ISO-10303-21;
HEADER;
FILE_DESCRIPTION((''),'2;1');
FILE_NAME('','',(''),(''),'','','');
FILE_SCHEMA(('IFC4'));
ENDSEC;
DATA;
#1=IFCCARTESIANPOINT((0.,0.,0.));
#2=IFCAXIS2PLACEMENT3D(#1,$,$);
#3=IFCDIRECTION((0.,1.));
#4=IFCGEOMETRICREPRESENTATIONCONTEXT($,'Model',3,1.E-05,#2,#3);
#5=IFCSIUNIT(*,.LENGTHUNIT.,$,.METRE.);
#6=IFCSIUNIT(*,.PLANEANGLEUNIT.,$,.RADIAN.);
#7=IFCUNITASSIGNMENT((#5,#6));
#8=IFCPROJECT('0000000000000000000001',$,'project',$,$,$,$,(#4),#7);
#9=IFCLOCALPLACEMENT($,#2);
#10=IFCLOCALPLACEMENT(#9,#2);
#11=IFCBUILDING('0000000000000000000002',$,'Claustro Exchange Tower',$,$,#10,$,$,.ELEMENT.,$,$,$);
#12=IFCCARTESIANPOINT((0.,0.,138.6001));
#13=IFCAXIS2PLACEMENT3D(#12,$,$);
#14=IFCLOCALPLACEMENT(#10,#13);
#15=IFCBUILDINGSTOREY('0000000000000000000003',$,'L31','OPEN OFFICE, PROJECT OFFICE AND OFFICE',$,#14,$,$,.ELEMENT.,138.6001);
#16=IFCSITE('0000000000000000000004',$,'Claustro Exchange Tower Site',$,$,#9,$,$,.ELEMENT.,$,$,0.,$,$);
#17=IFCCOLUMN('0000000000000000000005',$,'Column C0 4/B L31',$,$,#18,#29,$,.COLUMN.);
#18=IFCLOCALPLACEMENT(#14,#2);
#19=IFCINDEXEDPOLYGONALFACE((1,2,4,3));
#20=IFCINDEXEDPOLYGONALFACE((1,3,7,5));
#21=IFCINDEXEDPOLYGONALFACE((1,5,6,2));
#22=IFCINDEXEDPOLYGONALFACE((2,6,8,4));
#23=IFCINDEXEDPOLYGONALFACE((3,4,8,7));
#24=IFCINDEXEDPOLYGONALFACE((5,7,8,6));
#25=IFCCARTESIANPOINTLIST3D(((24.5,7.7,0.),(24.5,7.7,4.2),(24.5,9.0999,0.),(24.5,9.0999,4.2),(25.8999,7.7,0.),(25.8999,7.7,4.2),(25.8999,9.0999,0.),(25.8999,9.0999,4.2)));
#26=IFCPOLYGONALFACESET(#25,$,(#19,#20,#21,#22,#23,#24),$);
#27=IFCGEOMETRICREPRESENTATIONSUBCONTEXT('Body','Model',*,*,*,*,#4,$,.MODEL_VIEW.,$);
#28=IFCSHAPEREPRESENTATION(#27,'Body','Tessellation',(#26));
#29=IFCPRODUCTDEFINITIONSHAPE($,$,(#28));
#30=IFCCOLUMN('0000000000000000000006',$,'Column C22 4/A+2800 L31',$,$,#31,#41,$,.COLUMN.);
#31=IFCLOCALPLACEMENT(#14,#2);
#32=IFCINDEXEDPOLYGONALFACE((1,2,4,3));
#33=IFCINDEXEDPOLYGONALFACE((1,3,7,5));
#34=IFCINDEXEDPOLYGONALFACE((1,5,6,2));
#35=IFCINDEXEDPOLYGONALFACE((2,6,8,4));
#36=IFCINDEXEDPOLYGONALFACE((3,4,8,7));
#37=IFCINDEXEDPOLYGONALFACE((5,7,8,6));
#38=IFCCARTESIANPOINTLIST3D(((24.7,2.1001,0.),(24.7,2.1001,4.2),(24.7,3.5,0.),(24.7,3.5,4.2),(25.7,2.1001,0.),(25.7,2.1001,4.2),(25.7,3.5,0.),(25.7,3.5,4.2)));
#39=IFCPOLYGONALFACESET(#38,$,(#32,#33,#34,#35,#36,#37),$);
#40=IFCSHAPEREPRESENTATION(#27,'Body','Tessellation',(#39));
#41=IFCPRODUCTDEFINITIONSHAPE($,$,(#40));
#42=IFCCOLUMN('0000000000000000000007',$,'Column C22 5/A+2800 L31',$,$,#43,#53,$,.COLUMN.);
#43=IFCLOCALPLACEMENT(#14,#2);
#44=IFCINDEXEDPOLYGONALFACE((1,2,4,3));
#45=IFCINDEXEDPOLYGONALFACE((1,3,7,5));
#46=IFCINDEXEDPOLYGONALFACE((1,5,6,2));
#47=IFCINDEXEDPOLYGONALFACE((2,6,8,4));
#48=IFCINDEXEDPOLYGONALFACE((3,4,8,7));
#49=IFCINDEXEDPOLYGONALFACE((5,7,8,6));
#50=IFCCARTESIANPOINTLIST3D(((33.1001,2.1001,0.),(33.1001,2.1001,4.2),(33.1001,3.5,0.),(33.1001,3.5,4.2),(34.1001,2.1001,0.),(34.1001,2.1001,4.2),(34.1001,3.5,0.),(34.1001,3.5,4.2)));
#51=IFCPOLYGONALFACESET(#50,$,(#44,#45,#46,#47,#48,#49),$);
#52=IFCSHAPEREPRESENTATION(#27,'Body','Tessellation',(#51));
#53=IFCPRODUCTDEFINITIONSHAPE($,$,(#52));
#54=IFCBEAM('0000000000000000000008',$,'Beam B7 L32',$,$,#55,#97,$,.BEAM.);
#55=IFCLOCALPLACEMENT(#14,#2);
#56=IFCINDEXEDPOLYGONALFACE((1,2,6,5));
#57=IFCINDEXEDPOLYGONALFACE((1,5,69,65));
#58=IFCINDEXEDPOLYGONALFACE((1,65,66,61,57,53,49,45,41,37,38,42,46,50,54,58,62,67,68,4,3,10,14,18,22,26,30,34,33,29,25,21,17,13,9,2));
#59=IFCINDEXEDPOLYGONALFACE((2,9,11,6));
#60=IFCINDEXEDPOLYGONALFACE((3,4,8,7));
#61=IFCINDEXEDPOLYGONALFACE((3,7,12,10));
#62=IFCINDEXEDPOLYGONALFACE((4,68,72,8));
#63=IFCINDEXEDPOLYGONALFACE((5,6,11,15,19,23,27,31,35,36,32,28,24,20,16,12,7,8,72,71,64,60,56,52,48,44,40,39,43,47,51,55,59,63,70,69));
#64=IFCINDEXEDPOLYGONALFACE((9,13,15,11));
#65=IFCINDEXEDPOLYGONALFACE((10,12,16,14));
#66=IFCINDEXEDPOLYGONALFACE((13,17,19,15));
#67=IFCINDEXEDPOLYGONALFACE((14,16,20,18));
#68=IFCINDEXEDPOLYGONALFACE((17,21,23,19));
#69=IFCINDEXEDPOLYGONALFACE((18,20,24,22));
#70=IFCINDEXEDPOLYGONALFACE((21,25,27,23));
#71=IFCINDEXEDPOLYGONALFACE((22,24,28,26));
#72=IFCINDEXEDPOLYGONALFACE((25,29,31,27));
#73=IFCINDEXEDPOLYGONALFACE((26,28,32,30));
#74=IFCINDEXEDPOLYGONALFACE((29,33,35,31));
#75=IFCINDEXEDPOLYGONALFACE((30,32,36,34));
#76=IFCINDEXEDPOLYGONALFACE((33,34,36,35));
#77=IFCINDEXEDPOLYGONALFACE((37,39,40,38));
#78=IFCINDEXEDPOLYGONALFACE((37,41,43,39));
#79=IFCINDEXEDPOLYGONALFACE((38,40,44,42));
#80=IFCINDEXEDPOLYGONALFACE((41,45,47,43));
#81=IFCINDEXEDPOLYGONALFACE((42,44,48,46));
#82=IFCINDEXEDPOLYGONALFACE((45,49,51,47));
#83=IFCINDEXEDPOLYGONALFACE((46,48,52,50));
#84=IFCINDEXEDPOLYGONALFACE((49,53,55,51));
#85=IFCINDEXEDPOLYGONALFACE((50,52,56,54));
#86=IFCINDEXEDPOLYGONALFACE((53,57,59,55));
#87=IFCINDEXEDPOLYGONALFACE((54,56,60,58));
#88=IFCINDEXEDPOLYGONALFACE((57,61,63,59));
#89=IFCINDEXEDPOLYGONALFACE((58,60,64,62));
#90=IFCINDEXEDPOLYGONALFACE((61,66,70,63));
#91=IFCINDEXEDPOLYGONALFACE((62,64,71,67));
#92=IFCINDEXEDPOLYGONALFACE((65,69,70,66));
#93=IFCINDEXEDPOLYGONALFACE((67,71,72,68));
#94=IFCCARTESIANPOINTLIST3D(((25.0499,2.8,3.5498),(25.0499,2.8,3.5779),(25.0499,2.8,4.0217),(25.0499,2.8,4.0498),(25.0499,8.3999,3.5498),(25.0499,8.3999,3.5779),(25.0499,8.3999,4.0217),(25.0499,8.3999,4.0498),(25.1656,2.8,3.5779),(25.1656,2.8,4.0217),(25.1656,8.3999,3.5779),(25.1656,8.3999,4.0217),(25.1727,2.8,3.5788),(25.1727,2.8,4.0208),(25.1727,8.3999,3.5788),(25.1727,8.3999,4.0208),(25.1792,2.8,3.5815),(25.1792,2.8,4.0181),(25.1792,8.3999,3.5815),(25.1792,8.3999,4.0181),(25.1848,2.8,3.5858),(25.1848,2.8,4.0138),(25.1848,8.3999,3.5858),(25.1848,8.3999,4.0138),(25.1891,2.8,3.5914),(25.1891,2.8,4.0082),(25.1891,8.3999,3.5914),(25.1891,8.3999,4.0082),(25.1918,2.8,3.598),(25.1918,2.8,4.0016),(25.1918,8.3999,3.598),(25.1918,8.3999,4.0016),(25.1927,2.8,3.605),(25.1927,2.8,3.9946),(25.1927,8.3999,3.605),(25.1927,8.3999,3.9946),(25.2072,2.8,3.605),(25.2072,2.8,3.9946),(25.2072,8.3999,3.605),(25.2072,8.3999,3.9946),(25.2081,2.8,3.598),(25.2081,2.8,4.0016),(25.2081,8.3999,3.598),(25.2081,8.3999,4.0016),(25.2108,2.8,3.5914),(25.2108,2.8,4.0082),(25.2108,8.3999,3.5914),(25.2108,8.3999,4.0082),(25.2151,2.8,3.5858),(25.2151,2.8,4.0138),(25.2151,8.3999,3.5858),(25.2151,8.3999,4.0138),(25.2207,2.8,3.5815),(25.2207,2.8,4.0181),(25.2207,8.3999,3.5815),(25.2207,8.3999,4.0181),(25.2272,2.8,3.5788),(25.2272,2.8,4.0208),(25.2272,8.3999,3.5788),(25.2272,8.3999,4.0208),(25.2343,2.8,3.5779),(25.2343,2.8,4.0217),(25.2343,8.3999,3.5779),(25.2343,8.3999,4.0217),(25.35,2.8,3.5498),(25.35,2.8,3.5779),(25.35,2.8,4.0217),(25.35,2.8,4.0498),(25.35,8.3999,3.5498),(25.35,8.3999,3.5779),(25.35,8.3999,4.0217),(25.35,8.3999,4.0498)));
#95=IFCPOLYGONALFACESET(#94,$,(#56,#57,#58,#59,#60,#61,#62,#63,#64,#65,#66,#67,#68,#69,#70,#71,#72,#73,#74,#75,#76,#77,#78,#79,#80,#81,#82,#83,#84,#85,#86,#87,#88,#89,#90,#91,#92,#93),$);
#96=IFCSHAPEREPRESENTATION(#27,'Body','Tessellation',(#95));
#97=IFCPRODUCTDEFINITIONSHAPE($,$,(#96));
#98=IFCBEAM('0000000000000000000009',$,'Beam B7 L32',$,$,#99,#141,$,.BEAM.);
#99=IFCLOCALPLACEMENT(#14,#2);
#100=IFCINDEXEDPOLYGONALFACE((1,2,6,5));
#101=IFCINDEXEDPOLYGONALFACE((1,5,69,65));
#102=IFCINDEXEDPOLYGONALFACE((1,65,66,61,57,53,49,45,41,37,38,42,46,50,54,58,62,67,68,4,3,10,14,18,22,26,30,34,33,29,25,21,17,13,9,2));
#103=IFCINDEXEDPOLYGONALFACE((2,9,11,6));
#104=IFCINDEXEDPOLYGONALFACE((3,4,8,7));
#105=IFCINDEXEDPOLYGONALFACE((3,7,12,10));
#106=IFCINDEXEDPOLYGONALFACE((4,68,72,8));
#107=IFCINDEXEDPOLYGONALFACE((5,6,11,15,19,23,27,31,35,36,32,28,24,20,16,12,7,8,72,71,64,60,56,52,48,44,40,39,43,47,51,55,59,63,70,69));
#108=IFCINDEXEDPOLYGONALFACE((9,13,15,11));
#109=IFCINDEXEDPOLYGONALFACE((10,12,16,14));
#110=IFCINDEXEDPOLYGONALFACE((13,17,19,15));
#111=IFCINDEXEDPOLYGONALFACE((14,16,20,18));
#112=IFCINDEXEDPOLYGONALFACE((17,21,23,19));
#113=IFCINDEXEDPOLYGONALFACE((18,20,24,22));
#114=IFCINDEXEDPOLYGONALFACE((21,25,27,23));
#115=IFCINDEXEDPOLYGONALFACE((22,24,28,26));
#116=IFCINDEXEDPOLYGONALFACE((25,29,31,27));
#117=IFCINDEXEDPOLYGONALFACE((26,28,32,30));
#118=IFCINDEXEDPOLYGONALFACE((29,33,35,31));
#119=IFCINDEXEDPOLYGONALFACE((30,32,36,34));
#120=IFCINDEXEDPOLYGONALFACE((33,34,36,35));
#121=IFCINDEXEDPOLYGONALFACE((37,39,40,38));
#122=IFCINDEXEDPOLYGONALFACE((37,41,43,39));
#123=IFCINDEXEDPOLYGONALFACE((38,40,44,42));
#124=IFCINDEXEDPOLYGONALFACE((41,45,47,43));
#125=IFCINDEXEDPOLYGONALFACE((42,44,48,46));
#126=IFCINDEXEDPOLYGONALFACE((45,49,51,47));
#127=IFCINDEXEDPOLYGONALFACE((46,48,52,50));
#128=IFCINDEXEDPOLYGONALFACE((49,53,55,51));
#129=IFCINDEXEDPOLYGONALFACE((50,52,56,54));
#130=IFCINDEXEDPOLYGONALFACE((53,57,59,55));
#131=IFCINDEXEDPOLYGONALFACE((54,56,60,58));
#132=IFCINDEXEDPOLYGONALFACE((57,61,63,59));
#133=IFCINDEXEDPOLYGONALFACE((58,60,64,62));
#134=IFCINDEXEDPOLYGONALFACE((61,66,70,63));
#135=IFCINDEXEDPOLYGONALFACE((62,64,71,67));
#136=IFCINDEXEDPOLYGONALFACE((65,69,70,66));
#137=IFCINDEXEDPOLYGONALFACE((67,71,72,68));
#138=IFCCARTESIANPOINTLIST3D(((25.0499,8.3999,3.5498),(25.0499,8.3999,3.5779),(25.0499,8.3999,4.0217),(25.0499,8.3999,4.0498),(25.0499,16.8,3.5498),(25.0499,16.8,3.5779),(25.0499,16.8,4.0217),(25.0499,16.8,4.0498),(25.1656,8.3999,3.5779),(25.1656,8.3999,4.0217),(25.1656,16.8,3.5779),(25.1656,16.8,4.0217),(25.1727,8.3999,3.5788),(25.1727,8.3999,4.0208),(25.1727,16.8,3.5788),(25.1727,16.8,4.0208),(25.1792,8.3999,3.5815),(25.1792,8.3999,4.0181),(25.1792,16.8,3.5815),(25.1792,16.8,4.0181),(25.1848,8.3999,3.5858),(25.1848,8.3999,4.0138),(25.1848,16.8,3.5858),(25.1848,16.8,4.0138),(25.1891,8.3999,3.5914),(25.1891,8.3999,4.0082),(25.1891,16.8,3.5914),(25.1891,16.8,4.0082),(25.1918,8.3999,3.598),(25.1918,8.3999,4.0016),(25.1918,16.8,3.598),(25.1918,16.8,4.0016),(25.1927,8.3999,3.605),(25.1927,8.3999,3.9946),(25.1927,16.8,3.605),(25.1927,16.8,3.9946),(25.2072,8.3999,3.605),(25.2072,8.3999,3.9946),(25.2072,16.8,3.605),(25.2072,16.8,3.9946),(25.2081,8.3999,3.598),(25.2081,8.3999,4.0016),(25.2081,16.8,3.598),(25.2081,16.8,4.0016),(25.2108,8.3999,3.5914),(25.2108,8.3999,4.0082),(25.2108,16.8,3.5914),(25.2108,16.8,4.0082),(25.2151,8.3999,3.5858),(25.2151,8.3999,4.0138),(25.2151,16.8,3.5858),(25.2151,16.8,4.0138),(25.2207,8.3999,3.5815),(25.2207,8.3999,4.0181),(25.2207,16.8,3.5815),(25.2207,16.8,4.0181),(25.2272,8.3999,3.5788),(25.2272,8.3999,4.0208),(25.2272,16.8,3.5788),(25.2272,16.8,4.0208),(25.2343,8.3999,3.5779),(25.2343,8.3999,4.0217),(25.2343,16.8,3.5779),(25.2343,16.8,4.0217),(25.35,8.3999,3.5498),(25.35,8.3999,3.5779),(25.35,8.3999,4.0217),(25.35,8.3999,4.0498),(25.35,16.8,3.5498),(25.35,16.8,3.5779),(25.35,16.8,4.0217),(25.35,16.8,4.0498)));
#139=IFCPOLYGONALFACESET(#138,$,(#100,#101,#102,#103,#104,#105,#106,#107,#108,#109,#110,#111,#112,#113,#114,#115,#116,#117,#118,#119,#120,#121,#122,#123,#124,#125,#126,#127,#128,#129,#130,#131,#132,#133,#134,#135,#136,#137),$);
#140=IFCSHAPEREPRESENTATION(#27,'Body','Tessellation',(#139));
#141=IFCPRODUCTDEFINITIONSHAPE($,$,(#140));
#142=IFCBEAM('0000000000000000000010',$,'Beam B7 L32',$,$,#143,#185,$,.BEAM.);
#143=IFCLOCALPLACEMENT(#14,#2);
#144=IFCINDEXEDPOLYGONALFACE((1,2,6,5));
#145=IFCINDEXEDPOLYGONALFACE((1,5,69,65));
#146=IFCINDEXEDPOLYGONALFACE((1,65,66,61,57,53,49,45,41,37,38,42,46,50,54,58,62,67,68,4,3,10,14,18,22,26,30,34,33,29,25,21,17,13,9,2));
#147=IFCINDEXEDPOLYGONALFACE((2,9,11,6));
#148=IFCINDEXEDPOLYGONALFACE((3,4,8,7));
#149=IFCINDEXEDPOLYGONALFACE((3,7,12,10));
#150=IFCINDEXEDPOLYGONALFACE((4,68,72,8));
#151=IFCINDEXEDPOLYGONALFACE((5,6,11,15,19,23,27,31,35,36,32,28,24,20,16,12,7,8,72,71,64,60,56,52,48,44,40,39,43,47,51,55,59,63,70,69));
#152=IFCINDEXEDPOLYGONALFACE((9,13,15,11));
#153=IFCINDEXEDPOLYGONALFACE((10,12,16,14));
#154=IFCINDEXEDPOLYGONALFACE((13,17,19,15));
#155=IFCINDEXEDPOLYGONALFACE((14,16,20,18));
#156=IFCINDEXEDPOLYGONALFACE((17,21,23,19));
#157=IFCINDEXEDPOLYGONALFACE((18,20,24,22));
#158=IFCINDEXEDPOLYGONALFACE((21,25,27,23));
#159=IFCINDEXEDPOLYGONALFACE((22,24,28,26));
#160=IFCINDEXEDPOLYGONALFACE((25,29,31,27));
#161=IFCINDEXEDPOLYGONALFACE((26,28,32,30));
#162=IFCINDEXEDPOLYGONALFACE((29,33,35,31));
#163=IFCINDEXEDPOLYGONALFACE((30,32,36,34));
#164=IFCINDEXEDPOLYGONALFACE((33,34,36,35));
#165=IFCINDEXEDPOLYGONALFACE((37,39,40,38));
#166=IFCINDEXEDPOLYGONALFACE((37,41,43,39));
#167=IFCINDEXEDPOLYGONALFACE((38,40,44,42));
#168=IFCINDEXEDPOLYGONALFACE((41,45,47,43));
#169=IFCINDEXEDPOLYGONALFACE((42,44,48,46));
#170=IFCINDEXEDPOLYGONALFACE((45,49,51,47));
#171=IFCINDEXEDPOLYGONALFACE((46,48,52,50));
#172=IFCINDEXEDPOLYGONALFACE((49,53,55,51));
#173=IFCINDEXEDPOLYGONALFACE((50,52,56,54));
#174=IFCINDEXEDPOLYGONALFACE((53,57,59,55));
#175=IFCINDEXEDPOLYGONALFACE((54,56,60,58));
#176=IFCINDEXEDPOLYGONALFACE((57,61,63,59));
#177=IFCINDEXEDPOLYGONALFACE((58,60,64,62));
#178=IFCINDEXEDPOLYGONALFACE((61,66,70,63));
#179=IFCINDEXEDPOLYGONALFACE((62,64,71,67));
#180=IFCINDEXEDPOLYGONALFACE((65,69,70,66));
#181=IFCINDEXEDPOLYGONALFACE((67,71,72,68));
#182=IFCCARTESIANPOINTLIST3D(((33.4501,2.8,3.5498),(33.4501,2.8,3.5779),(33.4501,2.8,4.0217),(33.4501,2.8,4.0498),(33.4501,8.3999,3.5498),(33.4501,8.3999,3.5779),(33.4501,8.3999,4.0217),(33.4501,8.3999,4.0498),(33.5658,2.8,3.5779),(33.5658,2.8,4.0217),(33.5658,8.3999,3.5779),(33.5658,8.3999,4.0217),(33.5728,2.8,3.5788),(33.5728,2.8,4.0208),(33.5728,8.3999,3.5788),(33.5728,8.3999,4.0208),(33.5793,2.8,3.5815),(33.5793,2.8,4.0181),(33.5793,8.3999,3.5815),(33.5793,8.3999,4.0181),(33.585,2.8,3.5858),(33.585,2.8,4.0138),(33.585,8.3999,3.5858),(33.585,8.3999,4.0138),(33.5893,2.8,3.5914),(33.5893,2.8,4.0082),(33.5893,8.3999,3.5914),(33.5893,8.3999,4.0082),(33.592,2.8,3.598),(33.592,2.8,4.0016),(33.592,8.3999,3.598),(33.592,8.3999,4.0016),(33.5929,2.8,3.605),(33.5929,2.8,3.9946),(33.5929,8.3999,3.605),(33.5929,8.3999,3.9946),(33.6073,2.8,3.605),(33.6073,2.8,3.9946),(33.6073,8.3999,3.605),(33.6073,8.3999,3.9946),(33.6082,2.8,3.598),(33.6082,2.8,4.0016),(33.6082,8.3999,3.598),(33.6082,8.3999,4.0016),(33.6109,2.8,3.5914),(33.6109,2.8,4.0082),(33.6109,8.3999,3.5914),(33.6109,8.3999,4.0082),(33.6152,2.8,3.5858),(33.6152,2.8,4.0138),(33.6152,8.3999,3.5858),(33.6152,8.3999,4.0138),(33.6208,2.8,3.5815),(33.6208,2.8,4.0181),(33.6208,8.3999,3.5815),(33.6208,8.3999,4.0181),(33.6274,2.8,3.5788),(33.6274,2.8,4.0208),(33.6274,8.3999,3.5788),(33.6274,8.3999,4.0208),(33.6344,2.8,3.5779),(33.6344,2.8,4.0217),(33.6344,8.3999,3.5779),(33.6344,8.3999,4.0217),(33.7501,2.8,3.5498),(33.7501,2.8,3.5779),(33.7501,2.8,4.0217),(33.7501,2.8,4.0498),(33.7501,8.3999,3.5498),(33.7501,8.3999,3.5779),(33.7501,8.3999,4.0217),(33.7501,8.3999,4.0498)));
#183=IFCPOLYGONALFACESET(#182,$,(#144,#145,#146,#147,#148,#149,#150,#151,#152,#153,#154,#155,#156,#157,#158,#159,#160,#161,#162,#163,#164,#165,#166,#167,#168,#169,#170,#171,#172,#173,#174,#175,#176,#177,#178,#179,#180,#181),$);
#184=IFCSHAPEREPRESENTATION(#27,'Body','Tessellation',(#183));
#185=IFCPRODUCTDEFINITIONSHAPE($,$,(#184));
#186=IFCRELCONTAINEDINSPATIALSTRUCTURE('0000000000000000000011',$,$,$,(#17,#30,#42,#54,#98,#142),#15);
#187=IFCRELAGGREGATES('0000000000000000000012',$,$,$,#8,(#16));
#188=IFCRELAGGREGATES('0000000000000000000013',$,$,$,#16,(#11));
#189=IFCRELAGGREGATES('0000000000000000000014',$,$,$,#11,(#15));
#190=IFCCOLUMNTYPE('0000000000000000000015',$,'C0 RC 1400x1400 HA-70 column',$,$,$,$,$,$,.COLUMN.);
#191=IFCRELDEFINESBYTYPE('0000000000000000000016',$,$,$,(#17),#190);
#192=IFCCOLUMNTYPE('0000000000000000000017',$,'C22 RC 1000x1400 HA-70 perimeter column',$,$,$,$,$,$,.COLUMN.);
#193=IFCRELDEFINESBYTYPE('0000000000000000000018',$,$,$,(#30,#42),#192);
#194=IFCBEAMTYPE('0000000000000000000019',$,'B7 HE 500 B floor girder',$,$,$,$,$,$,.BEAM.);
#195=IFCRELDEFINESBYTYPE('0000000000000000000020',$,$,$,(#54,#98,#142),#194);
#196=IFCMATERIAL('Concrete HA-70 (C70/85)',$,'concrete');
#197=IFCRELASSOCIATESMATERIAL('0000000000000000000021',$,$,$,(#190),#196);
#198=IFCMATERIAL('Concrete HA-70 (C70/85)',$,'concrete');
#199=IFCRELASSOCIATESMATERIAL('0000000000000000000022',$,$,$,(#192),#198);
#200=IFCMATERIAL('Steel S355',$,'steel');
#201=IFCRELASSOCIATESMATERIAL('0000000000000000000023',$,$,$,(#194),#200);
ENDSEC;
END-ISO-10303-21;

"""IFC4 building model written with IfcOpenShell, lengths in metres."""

from ifc_helpers import new_model, si_unit, direction, frame, origin, origin_2d, place, context, subcontext, project, spatial, rectangle, i_section, extrude, material, material_profile, profile_set, type_object, element, save


model = new_model("IFC4")

# Units and contexts
model_context = context("Model", 3, precision=1e-05, world=origin(), true_north=direction((0.0, 1.0)))
body_context = subcontext(model_context, "Body", "Model", "MODEL_VIEW")
ifc_project = project(units=[si_unit("LENGTHUNIT", "METRE"), si_unit("PLANEANGLEUNIT", "RADIAN")], contexts=[model_context])

# Site, building, storey
site_placement = place(None, origin())
site = spatial("IfcSite", under=ifc_project, at=site_placement, Name="Claustro Exchange Tower Site", CompositionType="ELEMENT", RefElevation=0.0)
building_placement = place(site_placement, origin())
building = spatial("IfcBuilding", under=site, at=building_placement, Name="Claustro Exchange Tower", CompositionType="ELEMENT")
storey_placement = place(building_placement, frame((0.0, 0.0, 138.6001)))
storey = spatial("IfcBuildingStorey", under=building, at=storey_placement, Name="L31", Description="OPEN OFFICE, PROJECT OFFICE AND OFFICE", CompositionType="ELEMENT", Elevation=138.6001)

# Columns
ifc_material_1 = material(Name="Concrete HA-70 (C70/85)", Category="concrete")
ifc_material_profile_1 = material_profile(ifc_material_1, rectangle(XDim=1.3999, YDim=1.3999, at=origin_2d()), Name="RC 1400x1400")
ifc_profile_set_1 = profile_set([ifc_material_profile_1], Name="Concrete HA-70 (C70/85)")
column_type_1 = type_object("IfcColumnType", Name="C0 RC 1400x1400 HA-70 column", PredefinedType="COLUMN", material=ifc_profile_set_1)
column_placement = place(storey_placement, frame((25.2, 8.3999, 0.0), z_axis=(0.0, 0.0, 1.0), x_axis=(1.0, 0.0, 0.0)))
element("IfcColumn", 1, at=column_placement, inside=storey, type_object=column_type_1, Name="Column C0 4/B L31", PredefinedType="COLUMN", context=body_context, shape_type="SweptSolid", body=[
    extrude(rectangle(XDim=1.3999, YDim=1.3999, at=origin_2d()), origin(), (0.0, 0.0, 1.0), 4.2),
])
ifc_material_2 = material(Name="Concrete HA-70 (C70/85)", Category="concrete")
ifc_material_profile_2 = material_profile(ifc_material_2, rectangle(XDim=1.0, YDim=1.3999, at=origin_2d()), Name="RC 1000x1400")
ifc_profile_set_2 = profile_set([ifc_material_profile_2], Name="Concrete HA-70 (C70/85)")
column_type_2 = type_object("IfcColumnType", Name="C22 RC 1000x1400 HA-70 perimeter column", PredefinedType="COLUMN", material=ifc_profile_set_2)
for number, where, z_axis, x_axis, name in (
    (2, (25.2, 2.8, 0.0), (0.0, 0.0, 1.0), (1.0, 0.0, 0.0), "Column C22 4/A+2800 L31"),
    (3, (33.6001, 2.8, 0.0), (0.0, 0.0, 1.0), (1.0, 0.0, 0.0), "Column C22 5/A+2800 L31"),
):
    element("IfcColumn", number, at=place(storey_placement, frame(where, z_axis=z_axis, x_axis=x_axis)), inside=storey, type_object=column_type_2, Name=name, PredefinedType="COLUMN", context=body_context, shape_type="SweptSolid", body=[
        extrude(rectangle(XDim=1.0, YDim=1.3999, at=origin_2d()), origin(), (0.0, 0.0, 1.0), 4.2),
    ])

# Beams
ifc_material_3 = material(Name="Steel S355", Category="steel")
ifc_material_profile_3 = material_profile(ifc_material_3, i_section(OverallWidth=0.3, OverallDepth=0.5, WebThickness=0.0144, FlangeThickness=0.0281, FilletRadius=0.0271, at=origin_2d()), Name="HE 500 B")
ifc_profile_set_3 = profile_set([ifc_material_profile_3], Name="Steel S355")
beam_type_1 = type_object("IfcBeamType", Name="B7 HE 500 B floor girder", PredefinedType="BEAM", material=ifc_profile_set_3)
beam_1_placement = place(storey_placement, frame((25.2, 2.8, 3.7998), z_axis=(0.0, 1.0, 0.0), x_axis=(-1.0, 0.0, 0.0)))
element("IfcBeam", 4, at=beam_1_placement, inside=storey, type_object=beam_type_1, Name="Beam B7 L32", PredefinedType="BEAM", context=body_context, shape_type="SweptSolid", body=[
    extrude(i_section(OverallWidth=0.3, OverallDepth=0.5, WebThickness=0.0144, FlangeThickness=0.0281, FilletRadius=0.0271, at=origin_2d()), origin(), (0.0, 0.0, 1.0), 5.5999),
])
beam_2_placement = place(storey_placement, frame((25.2, 8.3999, 3.7998), z_axis=(0.0, 1.0, 0.0), x_axis=(-1.0, 0.0, 0.0)))
element("IfcBeam", 5, at=beam_2_placement, inside=storey, type_object=beam_type_1, Name="Beam B7 L32", PredefinedType="BEAM", context=body_context, shape_type="SweptSolid", body=[
    extrude(i_section(OverallWidth=0.3, OverallDepth=0.5, WebThickness=0.0144, FlangeThickness=0.0281, FilletRadius=0.0271, at=origin_2d()), origin(), (0.0, 0.0, 1.0), 8.4001),
])
beam_3_placement = place(storey_placement, frame((33.6001, 2.8, 3.7998), z_axis=(0.0, 1.0, 0.0), x_axis=(-1.0, 0.0, 0.0)))
element("IfcBeam", 6, at=beam_3_placement, inside=storey, type_object=beam_type_1, Name="Beam B7 L32", PredefinedType="BEAM", context=body_context, shape_type="SweptSolid", body=[
    extrude(i_section(OverallWidth=0.3, OverallDepth=0.5, WebThickness=0.0144, FlangeThickness=0.0281, FilletRadius=0.0271, at=origin_2d()), origin(), (0.0, 0.0, 1.0), 5.5999),
])

save(model, "model.ifc")
